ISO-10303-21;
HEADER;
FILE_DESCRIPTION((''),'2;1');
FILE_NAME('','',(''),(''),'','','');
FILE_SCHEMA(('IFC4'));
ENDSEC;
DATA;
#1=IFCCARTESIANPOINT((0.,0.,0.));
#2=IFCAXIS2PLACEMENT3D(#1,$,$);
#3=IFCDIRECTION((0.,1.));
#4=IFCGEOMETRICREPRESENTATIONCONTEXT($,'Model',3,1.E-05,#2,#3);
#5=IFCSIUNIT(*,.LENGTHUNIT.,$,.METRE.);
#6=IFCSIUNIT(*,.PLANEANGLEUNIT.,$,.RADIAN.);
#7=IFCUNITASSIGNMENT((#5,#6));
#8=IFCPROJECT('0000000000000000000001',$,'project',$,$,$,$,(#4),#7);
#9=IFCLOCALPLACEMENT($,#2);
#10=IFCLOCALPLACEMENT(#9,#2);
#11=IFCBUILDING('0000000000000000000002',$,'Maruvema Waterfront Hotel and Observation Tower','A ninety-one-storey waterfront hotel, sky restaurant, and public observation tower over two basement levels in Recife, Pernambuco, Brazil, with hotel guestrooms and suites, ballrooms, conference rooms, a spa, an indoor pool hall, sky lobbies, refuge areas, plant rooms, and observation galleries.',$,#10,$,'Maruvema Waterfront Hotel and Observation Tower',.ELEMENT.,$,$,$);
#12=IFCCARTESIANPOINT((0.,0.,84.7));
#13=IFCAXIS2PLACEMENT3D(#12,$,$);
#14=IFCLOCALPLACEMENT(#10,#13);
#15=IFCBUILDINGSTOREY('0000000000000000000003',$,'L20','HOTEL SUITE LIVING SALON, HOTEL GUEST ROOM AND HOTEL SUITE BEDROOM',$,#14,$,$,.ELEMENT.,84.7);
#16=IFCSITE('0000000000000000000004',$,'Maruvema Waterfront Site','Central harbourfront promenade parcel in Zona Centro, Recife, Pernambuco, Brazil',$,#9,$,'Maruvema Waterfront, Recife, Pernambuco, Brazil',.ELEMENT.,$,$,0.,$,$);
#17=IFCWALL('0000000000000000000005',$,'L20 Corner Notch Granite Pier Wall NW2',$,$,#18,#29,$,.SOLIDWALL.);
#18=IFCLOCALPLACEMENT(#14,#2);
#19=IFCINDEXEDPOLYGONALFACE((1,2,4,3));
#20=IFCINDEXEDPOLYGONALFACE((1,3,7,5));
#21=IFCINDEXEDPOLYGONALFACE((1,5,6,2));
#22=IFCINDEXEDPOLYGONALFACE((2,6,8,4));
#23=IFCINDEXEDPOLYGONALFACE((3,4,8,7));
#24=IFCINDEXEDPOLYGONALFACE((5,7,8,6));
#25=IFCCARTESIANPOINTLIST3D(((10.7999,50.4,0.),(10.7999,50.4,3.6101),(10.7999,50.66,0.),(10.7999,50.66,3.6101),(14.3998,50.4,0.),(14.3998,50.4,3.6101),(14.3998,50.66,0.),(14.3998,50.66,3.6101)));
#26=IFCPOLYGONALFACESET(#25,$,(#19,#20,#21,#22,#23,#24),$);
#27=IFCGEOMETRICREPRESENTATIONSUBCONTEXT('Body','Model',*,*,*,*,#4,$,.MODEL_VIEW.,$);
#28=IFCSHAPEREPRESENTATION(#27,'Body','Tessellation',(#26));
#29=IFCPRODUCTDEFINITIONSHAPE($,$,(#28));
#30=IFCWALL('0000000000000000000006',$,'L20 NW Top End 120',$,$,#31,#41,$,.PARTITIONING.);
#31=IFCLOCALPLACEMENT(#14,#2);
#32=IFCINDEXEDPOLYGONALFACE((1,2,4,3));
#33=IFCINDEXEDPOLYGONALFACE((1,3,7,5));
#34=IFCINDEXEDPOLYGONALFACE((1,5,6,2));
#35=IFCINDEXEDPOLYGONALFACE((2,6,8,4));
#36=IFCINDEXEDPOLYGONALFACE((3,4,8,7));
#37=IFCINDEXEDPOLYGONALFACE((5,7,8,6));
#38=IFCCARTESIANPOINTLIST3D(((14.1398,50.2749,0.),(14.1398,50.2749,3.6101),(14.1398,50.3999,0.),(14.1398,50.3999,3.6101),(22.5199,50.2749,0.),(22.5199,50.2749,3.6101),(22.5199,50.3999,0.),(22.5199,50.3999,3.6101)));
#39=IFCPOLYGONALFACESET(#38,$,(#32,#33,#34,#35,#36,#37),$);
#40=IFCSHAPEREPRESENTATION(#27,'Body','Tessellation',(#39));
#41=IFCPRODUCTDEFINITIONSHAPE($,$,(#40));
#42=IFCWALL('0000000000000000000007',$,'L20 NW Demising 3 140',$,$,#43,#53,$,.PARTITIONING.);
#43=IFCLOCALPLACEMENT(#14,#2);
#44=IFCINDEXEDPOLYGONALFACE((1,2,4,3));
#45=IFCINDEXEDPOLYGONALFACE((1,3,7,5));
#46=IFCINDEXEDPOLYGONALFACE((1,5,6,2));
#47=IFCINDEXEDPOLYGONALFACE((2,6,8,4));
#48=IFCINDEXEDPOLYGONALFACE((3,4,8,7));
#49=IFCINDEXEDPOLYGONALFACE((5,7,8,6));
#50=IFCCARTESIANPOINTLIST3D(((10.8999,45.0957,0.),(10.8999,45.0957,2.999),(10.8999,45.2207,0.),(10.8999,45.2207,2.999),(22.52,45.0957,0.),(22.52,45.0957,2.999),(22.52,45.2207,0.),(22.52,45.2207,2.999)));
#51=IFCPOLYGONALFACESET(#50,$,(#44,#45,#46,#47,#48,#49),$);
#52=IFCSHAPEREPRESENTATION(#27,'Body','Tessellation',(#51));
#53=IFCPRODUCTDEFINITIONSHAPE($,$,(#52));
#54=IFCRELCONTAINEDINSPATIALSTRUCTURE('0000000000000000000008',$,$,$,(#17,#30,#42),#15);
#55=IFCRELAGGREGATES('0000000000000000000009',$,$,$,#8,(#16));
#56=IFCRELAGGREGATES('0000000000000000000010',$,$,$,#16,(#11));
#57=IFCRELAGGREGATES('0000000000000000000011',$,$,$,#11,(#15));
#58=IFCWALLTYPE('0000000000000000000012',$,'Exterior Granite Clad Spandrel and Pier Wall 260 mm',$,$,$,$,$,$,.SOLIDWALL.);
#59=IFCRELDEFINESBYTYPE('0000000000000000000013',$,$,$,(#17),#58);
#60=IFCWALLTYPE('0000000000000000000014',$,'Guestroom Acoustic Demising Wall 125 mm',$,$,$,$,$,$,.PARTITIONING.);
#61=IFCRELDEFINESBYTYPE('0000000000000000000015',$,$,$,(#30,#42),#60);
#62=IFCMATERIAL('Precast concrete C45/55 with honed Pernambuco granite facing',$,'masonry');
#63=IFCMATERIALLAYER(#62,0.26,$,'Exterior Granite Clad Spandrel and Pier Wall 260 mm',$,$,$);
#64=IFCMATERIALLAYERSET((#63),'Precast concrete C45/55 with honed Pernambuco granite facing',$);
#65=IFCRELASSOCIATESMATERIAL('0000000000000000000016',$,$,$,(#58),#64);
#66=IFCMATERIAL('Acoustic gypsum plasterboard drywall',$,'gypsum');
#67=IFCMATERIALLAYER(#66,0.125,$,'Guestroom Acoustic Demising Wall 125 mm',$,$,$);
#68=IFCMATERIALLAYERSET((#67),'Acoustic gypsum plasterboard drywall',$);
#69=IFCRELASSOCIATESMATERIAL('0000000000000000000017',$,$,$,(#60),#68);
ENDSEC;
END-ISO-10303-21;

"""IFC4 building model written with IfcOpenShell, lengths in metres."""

from ifc_helpers import new_model, si_unit, direction, frame, frame_2d, origin, place, context, subcontext, project, spatial, rectangle, extrude, material, layer, layer_set, type_object, element, save


model = new_model("IFC4")

# Units and contexts
model_context = context("Model", 3, precision=1e-05, world=origin(), true_north=direction((0.0, 1.0)))
body_context = subcontext(model_context, "Body", "Model", "MODEL_VIEW")
ifc_project = project(units=[si_unit("LENGTHUNIT", "METRE"), si_unit("PLANEANGLEUNIT", "RADIAN")], contexts=[model_context])

# Site, building, storey
site_placement = place(None, origin())
site = spatial("IfcSite", under=ifc_project, at=site_placement, Name="Maruvema Waterfront Site", Description="Central harbourfront promenade parcel in Zona Centro, Recife, Pernambuco, Brazil", LongName="Maruvema Waterfront, Recife, Pernambuco, Brazil", CompositionType="ELEMENT", RefElevation=0.0)
building_placement = place(site_placement, origin())
building = spatial("IfcBuilding", under=site, at=building_placement, Name="Maruvema Waterfront Hotel and Observation Tower", Description="A ninety-one-storey waterfront hotel, sky restaurant, and public observation tower over two basement levels in Recife, Pernambuco, Brazil, with hotel guestrooms and suites, ballrooms, conference rooms, a spa, an indoor pool hall, sky lobbies, refuge areas, plant rooms, and observation galleries.", LongName="Maruvema Waterfront Hotel and Observation Tower", CompositionType="ELEMENT")
storey_placement = place(building_placement, frame((0.0, 0.0, 84.7)))
storey = spatial("IfcBuildingStorey", under=building, at=storey_placement, Name="L20", Description="HOTEL SUITE LIVING SALON, HOTEL GUEST ROOM AND HOTEL SUITE BEDROOM", CompositionType="ELEMENT", Elevation=84.7)

# Walls
ifc_material_1 = material(Name="Precast concrete C45/55 with honed Pernambuco granite facing", Category="masonry")
ifc_layer_1 = layer(ifc_material_1, 0.26, Name="Exterior Granite Clad Spandrel and Pier Wall 260 mm")
ifc_layer_set_1 = layer_set([ifc_layer_1], Name="Precast concrete C45/55 with honed Pernambuco granite facing")
wall_type_1 = type_object("IfcWallType", Name="Exterior Granite Clad Spandrel and Pier Wall 260 mm", PredefinedType="SOLIDWALL", material=ifc_layer_set_1)
wall_1_placement = place(storey_placement, frame((10.8, 50.53, 0.0), z_axis=(0.0, 0.0, 1.0), x_axis=(1.0, 0.0, 0.0)))
element("IfcWall", 1, at=wall_1_placement, inside=storey, type_object=wall_type_1, Name="L20 Corner Notch Granite Pier Wall NW2", PredefinedType="SOLIDWALL", context=body_context, shape_type="SweptSolid", body=[
    extrude(rectangle(XDim=3.5999, YDim=0.26, at=frame_2d((1.7998, 0.0))), origin(), (0.0, 0.0, 1.0), 3.6101),
])
ifc_material_2 = material(Name="Acoustic gypsum plasterboard drywall", Category="gypsum")
ifc_layer_2 = layer(ifc_material_2, 0.125, Name="Guestroom Acoustic Demising Wall 125 mm")
ifc_layer_set_2 = layer_set([ifc_layer_2], Name="Acoustic gypsum plasterboard drywall")
wall_type_2 = type_object("IfcWallType", Name="Guestroom Acoustic Demising Wall 125 mm", PredefinedType="PARTITIONING", material=ifc_layer_set_2)
wall_2_placement = place(storey_placement, frame((14.1399, 50.3374, 0.0), z_axis=(0.0, 0.0, 1.0), x_axis=(1.0, 0.0, 0.0)))
element("IfcWall", 2, at=wall_2_placement, inside=storey, type_object=wall_type_2, Name="L20 NW Top End 120", PredefinedType="PARTITIONING", context=body_context, shape_type="SweptSolid", body=[
    extrude(rectangle(XDim=8.3801, YDim=0.125, at=frame_2d((4.1899, 0.0))), origin(), (0.0, 0.0, 1.0), 3.6101),
])
wall_3_placement = place(storey_placement, frame((10.8999, 45.1582, 0.0), z_axis=(0.0, 0.0, 1.0), x_axis=(1.0, 0.0, 0.0)))
element("IfcWall", 3, at=wall_3_placement, inside=storey, type_object=wall_type_2, Name="L20 NW Demising 3 140", PredefinedType="PARTITIONING", context=body_context, shape_type="SweptSolid", body=[
    extrude(rectangle(XDim=11.6201, YDim=0.125, at=frame_2d((5.8101, 0.0))), origin(), (0.0, 0.0, 1.0), 2.999),
])

save(model, "model.ifc")
